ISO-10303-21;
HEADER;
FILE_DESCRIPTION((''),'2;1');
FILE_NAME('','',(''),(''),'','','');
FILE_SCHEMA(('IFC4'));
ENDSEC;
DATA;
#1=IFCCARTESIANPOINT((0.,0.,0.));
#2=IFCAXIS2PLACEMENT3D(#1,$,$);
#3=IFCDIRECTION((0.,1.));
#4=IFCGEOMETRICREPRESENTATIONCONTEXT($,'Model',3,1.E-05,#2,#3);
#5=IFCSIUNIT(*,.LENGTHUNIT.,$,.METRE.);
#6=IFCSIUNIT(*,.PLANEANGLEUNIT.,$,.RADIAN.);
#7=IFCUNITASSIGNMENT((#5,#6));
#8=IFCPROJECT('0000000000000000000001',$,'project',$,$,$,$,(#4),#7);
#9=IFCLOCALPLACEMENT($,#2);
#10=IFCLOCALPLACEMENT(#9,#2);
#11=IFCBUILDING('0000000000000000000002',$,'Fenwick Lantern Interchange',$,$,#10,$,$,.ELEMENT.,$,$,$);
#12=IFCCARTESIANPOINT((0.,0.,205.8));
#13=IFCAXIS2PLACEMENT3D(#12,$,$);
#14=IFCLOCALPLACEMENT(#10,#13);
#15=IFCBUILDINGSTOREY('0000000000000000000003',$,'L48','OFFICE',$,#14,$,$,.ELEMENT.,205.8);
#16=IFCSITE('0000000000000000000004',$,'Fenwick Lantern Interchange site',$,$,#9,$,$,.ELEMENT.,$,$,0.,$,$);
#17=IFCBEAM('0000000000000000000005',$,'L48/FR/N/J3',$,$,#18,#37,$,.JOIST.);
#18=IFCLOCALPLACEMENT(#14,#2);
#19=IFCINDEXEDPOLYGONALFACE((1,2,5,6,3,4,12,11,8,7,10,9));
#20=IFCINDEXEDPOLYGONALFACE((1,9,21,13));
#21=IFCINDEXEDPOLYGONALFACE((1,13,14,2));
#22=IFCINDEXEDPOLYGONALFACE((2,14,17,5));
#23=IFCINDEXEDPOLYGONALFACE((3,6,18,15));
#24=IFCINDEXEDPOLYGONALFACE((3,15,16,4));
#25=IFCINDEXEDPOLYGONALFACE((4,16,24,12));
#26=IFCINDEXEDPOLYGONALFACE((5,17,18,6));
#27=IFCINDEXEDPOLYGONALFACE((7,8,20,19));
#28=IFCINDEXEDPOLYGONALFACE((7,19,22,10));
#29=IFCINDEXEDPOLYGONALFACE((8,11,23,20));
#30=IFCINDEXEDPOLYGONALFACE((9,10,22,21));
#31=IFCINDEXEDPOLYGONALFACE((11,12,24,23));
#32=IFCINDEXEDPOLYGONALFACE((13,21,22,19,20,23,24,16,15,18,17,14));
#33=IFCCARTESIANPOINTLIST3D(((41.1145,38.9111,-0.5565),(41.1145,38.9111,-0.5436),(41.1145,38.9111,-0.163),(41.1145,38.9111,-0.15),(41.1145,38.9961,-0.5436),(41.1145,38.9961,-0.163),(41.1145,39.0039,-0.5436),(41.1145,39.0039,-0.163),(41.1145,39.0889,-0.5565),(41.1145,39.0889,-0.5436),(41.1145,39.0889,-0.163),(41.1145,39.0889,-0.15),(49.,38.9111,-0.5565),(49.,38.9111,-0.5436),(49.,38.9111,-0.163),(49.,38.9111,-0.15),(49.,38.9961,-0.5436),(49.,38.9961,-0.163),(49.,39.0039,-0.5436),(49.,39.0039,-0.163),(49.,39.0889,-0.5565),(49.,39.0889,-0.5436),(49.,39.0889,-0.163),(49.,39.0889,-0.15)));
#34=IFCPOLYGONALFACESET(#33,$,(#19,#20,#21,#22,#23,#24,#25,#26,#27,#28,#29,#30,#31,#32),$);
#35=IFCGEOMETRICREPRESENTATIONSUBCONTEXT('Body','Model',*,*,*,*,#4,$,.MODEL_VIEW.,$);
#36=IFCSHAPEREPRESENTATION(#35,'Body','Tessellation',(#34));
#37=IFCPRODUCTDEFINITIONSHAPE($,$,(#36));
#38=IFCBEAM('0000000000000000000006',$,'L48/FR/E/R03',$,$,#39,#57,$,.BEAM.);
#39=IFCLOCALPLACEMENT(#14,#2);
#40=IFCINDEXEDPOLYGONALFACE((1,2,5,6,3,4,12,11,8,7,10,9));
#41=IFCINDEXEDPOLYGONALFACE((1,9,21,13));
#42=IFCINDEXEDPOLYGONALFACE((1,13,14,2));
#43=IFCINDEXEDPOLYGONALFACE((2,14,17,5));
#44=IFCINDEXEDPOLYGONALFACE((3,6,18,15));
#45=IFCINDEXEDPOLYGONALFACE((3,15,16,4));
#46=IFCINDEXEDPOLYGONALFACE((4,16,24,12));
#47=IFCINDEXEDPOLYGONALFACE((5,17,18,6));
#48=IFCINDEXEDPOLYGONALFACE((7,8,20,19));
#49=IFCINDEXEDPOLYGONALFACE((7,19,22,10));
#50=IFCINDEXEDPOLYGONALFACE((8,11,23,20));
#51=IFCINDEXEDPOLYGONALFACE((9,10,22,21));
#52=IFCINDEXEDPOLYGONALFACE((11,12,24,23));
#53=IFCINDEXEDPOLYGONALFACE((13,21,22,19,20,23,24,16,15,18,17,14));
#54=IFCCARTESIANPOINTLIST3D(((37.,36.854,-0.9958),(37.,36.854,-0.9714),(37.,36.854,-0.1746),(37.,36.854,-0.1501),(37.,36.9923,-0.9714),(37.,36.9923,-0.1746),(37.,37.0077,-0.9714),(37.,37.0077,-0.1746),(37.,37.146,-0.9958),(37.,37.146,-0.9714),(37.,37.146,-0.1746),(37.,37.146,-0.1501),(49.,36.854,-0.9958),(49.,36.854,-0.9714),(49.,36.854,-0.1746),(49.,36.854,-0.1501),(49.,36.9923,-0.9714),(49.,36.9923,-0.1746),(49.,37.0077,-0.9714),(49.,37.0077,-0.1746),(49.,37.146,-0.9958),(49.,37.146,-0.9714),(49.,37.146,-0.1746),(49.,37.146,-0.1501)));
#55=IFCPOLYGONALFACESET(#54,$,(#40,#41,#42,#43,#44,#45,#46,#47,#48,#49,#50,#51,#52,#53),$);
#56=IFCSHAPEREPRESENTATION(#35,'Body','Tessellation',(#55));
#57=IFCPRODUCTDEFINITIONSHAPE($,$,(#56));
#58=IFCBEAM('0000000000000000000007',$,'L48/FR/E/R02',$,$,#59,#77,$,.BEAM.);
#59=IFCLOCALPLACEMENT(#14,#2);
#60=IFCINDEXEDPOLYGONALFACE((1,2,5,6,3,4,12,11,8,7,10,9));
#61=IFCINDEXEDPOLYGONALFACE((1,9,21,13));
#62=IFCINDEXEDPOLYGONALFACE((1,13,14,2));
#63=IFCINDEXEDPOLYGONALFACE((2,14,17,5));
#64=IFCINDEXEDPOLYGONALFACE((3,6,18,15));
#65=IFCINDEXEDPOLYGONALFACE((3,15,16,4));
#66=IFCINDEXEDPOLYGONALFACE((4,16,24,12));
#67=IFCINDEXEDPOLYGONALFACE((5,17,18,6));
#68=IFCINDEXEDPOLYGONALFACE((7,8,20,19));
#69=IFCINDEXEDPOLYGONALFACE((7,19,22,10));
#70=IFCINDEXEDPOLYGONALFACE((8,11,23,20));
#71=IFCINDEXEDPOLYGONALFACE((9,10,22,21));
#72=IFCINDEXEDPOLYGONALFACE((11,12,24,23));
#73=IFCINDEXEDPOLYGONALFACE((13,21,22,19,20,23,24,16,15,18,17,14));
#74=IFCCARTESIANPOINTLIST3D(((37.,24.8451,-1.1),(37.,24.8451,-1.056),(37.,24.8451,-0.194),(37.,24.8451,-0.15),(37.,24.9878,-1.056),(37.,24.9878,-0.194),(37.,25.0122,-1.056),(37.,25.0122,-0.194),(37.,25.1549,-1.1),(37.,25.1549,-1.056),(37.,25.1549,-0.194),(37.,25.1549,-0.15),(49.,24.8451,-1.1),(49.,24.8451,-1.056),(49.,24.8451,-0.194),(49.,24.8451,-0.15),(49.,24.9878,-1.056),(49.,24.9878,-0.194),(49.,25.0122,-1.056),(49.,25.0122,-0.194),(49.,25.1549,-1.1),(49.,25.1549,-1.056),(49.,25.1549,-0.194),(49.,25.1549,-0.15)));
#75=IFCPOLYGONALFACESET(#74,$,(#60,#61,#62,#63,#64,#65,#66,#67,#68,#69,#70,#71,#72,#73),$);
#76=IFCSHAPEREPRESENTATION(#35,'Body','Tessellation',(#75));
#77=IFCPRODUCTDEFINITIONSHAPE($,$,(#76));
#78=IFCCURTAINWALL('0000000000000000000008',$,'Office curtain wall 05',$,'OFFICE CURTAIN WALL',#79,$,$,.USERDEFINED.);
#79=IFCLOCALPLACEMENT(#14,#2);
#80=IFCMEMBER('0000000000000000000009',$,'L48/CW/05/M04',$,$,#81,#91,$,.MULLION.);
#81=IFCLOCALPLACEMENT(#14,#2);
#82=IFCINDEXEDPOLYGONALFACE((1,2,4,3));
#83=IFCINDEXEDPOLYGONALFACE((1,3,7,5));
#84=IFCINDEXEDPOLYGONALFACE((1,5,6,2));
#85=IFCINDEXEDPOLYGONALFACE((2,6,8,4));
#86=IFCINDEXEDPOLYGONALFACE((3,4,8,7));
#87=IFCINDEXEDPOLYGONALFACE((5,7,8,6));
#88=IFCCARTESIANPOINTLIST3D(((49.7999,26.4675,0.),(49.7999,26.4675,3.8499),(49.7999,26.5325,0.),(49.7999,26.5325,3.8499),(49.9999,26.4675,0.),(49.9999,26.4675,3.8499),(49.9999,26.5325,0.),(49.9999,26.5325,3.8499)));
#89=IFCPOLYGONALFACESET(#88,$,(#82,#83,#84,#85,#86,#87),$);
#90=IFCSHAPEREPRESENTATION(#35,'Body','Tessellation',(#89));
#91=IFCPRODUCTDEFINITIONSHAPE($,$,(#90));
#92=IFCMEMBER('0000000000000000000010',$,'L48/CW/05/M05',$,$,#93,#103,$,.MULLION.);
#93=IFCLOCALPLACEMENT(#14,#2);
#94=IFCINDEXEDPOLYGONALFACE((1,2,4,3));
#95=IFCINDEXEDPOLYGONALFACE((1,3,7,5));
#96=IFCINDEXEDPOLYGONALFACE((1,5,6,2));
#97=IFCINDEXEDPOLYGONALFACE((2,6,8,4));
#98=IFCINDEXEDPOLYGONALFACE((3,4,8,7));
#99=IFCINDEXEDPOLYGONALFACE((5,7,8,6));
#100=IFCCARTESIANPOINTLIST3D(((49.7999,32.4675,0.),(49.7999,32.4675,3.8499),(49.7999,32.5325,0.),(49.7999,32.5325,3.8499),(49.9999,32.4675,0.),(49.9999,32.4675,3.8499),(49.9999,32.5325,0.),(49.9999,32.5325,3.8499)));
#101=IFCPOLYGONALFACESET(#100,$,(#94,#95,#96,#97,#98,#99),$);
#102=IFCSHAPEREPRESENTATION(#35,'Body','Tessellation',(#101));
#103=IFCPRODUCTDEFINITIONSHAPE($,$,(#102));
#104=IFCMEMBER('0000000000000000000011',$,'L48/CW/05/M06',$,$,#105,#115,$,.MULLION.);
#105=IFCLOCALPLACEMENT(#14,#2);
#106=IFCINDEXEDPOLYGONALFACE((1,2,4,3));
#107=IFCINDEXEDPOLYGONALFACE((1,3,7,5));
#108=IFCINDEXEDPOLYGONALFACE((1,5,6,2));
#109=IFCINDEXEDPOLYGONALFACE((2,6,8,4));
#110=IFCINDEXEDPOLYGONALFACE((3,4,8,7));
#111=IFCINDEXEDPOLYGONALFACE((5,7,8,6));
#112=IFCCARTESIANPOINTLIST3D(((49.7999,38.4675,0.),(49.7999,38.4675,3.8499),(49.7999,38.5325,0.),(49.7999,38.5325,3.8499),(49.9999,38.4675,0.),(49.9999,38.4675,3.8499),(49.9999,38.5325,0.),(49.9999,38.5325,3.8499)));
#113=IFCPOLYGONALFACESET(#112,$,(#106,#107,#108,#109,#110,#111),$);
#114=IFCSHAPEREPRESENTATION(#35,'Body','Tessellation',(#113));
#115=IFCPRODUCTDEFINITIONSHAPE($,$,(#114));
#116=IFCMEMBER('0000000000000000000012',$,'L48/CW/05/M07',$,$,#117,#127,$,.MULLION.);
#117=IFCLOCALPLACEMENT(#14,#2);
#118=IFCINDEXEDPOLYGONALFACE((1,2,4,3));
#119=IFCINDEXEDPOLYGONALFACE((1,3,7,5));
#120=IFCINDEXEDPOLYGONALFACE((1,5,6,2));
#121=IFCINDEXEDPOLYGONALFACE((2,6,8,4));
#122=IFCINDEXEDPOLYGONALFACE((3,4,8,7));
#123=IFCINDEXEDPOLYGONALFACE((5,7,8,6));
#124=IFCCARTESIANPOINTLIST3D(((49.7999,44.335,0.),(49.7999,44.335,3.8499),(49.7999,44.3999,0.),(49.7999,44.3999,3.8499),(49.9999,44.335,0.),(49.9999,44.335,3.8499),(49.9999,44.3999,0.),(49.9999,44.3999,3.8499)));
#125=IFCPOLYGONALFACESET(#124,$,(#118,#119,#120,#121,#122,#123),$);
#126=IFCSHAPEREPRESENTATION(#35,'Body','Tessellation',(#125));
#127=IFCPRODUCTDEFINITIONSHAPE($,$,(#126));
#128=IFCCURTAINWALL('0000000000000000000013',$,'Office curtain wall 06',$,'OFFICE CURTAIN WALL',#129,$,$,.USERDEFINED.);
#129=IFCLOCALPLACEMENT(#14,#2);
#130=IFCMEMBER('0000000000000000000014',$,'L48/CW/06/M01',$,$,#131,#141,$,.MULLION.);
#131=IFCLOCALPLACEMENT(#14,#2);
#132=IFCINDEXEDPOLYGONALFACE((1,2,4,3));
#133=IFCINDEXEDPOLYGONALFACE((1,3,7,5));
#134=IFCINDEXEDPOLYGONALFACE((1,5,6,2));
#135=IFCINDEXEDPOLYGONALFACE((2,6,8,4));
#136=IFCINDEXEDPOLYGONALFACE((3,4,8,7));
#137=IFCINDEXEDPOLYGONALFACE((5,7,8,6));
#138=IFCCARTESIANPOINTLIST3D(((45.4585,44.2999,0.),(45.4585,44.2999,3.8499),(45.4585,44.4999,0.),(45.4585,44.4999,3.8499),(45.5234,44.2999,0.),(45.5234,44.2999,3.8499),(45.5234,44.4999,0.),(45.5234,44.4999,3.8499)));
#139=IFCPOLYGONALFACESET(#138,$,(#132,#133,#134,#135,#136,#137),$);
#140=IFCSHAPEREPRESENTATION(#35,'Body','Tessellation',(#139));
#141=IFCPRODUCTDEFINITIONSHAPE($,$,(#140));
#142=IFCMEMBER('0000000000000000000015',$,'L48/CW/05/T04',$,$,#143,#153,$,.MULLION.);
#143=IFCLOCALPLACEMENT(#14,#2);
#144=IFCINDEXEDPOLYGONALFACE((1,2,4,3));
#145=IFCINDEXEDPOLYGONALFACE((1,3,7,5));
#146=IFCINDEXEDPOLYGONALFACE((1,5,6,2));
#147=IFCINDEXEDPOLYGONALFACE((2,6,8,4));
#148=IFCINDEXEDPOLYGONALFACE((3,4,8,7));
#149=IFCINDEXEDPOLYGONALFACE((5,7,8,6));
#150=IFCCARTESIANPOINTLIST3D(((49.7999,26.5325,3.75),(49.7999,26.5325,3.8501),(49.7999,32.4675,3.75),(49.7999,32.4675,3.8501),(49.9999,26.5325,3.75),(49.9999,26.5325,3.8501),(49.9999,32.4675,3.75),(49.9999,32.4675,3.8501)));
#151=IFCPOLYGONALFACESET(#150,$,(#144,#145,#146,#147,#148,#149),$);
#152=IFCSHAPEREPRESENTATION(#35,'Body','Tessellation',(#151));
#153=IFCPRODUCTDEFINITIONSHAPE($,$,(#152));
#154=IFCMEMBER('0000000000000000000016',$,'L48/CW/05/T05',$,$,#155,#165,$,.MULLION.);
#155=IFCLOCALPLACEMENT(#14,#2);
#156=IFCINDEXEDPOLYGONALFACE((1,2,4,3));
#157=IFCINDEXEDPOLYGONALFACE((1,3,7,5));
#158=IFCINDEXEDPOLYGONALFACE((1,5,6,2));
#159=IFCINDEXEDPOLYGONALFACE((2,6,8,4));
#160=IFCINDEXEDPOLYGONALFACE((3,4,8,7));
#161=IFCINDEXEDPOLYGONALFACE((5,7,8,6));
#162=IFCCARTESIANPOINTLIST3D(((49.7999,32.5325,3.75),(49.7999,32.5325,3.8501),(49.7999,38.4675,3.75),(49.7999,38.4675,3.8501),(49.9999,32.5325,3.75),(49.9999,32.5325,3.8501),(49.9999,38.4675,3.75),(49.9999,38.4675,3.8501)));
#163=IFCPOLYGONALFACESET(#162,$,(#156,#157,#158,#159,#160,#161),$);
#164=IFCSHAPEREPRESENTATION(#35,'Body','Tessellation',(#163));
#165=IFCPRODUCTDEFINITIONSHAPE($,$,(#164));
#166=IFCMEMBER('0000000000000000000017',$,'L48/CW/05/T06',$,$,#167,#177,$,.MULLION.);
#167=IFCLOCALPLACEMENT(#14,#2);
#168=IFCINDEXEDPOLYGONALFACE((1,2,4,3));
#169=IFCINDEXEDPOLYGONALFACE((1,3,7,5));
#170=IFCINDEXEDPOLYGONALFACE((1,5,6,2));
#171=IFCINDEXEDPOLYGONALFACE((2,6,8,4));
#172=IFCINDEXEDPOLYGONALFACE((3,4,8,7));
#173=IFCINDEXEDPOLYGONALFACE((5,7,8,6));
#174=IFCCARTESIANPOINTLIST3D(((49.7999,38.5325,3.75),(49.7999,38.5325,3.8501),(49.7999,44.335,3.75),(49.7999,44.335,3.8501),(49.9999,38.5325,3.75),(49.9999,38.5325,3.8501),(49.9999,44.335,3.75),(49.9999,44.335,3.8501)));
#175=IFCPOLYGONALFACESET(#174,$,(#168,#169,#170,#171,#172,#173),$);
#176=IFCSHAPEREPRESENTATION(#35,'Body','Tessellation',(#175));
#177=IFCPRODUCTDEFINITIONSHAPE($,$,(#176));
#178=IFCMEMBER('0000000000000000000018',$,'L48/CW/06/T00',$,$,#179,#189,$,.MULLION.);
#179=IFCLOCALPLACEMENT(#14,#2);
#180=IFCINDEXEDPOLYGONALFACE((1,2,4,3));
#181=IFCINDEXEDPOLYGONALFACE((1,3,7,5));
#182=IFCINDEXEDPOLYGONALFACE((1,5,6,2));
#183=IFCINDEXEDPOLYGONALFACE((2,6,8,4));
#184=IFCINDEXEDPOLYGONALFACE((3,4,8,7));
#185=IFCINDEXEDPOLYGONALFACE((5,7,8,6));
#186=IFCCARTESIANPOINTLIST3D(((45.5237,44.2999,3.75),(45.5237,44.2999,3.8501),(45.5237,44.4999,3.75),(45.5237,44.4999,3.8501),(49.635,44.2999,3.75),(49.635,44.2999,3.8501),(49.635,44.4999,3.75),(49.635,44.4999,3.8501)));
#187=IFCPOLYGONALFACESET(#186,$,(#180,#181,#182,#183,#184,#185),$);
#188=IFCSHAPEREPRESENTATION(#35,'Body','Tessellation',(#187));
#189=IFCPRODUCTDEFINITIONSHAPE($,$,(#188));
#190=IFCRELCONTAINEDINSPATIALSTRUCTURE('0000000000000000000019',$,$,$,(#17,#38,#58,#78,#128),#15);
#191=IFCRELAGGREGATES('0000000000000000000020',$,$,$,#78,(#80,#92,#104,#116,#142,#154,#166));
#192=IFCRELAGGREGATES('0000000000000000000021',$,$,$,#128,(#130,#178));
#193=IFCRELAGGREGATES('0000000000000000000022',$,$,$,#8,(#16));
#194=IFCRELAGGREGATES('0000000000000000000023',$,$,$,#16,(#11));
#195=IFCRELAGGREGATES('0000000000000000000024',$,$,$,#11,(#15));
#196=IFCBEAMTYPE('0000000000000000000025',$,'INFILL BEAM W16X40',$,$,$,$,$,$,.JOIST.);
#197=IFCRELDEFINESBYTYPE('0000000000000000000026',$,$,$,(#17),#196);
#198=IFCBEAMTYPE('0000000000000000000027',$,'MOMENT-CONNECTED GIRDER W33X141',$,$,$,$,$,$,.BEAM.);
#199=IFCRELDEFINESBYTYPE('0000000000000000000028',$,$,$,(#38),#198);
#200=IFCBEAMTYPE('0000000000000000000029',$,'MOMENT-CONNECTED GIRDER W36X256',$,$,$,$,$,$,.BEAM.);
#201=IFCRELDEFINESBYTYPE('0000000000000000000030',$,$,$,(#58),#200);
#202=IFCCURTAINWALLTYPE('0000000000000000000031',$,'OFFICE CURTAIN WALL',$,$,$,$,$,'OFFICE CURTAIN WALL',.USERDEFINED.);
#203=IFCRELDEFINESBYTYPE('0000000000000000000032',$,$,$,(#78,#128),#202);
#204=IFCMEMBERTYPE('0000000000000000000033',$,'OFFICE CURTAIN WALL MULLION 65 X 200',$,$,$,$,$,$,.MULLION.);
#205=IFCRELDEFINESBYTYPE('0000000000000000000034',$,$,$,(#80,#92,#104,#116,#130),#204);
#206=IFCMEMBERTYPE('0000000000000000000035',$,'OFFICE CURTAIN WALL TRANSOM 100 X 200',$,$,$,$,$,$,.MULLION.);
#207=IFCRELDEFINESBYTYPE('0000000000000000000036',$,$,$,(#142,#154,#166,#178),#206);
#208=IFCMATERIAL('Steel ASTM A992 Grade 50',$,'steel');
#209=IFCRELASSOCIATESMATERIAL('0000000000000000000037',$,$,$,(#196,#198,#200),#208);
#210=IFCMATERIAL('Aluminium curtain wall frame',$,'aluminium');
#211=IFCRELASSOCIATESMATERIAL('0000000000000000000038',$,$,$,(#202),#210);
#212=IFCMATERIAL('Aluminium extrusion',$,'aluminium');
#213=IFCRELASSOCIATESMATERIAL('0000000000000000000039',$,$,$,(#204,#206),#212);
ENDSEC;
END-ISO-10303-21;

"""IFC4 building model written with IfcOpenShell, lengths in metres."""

from ifc_helpers import new_model, si_unit, direction, frame, origin, origin_2d, place, context, subcontext, project, spatial, rectangle, i_section, extrude, material, material_profile, profile_set, type_object, element, aggregate, save


model = new_model("IFC4")

# Units and contexts
model_context = context("Model", 3, precision=1e-05, world=origin(), true_north=direction((0.0, 1.0)))
body_context = subcontext(model_context, "Body", "Model", "MODEL_VIEW")
ifc_project = project(units=[si_unit("LENGTHUNIT", "METRE"), si_unit("PLANEANGLEUNIT", "RADIAN")], contexts=[model_context])

# Site, building, storey
site_placement = place(None, origin())
site = spatial("IfcSite", under=ifc_project, at=site_placement, Name="Fenwick Lantern Interchange site", CompositionType="ELEMENT", RefElevation=0.0)
building_placement = place(site_placement, origin())
building = spatial("IfcBuilding", under=site, at=building_placement, Name="Fenwick Lantern Interchange", CompositionType="ELEMENT")
storey_placement = place(building_placement, frame((0.0, 0.0, 205.8)))
storey = spatial("IfcBuildingStorey", under=building, at=storey_placement, Name="L48", Description="OFFICE", CompositionType="ELEMENT", Elevation=205.8)

# Shared definitions
ifc_material_1 = material(Name="Steel ASTM A992 Grade 50", Category="steel")

# Beams
ifc_material_profile_1 = material_profile(ifc_material_1, i_section(OverallWidth=0.1777, OverallDepth=0.4065, WebThickness=0.0078, FlangeThickness=0.0129, at=origin_2d()), Name="W16X40")
ifc_profile_set_1 = profile_set([ifc_material_profile_1], Name="Steel ASTM A992 Grade 50")
beam_type_1 = type_object("IfcBeamType", Name="INFILL BEAM W16X40", PredefinedType="JOIST", material=ifc_profile_set_1)
beam_1_placement = place(storey_placement, frame((49.0, 39.0, -0.3533), z_axis=(-1.0, 0.0, 0.0), x_axis=(0.0, -1.0, 0.0)))
element("IfcBeam", 1, at=beam_1_placement, inside=storey, type_object=beam_type_1, Name="L48/FR/N/J3", PredefinedType="JOIST", context=body_context, shape_type="SweptSolid", body=[
    extrude(i_section(OverallWidth=0.1777, OverallDepth=0.4065, WebThickness=0.0078, FlangeThickness=0.0129, at=origin_2d()), origin(), (0.0, 0.0, 1.0), 7.8855),
])
ifc_material_profile_2 = material_profile(ifc_material_1, i_section(OverallWidth=0.292, OverallDepth=0.8457, WebThickness=0.0154, FlangeThickness=0.0244, at=origin_2d()), Name="W33X141")
ifc_profile_set_2 = profile_set([ifc_material_profile_2], Name="Steel ASTM A992 Grade 50")
beam_type_2 = type_object("IfcBeamType", Name="MOMENT-CONNECTED GIRDER W33X141", PredefinedType="BEAM", material=ifc_profile_set_2)
beam_2_placement = place(storey_placement, frame((49.0, 37.0, -0.573), z_axis=(-1.0, 0.0, 0.0), x_axis=(0.0, -1.0, 0.0)))
element("IfcBeam", 2, at=beam_2_placement, inside=storey, type_object=beam_type_2, Name="L48/FR/E/R03", PredefinedType="BEAM", context=body_context, shape_type="SweptSolid", body=[
    extrude(i_section(OverallWidth=0.292, OverallDepth=0.8457, WebThickness=0.0154, FlangeThickness=0.0244, at=origin_2d()), origin(), (0.0, 0.0, 1.0), 12.0),
])
ifc_material_profile_3 = material_profile(ifc_material_1, i_section(OverallWidth=0.3098, OverallDepth=0.95, WebThickness=0.0244, FlangeThickness=0.0439, at=origin_2d()), Name="W36X256")
ifc_profile_set_3 = profile_set([ifc_material_profile_3], Name="Steel ASTM A992 Grade 50")
beam_type_3 = type_object("IfcBeamType", Name="MOMENT-CONNECTED GIRDER W36X256", PredefinedType="BEAM", material=ifc_profile_set_3)
beam_3_placement = place(storey_placement, frame((49.0, 25.0, -0.625), z_axis=(-1.0, 0.0, 0.0), x_axis=(0.0, -1.0, 0.0)))
element("IfcBeam", 3, at=beam_3_placement, inside=storey, type_object=beam_type_3, Name="L48/FR/E/R02", PredefinedType="BEAM", context=body_context, shape_type="SweptSolid", body=[
    extrude(i_section(OverallWidth=0.3098, OverallDepth=0.95, WebThickness=0.0244, FlangeThickness=0.0439, at=origin_2d()), origin(), (0.0, 0.0, 1.0), 12.0),
])

# Curtain wall, members
ifc_material_2 = material(Name="Aluminium curtain wall frame", Category="aluminium")
curtain_wall_type = type_object("IfcCurtainWallType", Name="OFFICE CURTAIN WALL", ElementType="OFFICE CURTAIN WALL", PredefinedType="USERDEFINED", material=ifc_material_2)
curtain_wall_1_placement = place(storey_placement, origin())
curtain_wall_1 = element("IfcCurtainWall", 4, at=curtain_wall_1_placement, inside=storey, type_object=curtain_wall_type, Name="Office curtain wall 05", ObjectType="OFFICE CURTAIN WALL", PredefinedType="USERDEFINED")
ifc_material_3 = material(Name="Aluminium extrusion", Category="aluminium")
ifc_material_profile_4 = material_profile(ifc_material_3, rectangle(XDim=0.2, YDim=0.0649, at=origin_2d()), Name="OFFICE CURTAIN WALL MULLION 65 X 200")
ifc_profile_set_4 = profile_set([ifc_material_profile_4], Name="Aluminium extrusion")
member_type_1 = type_object("IfcMemberType", Name="OFFICE CURTAIN WALL MULLION 65 X 200", PredefinedType="MULLION", material=ifc_profile_set_4)
member_1_placement = place(storey_placement, frame((49.8999, 26.5, 0.0), z_axis=(0.0, 0.0, 1.0), x_axis=(-1.0, 0.0, 0.0)))
member_1 = element("IfcMember", 5, at=member_1_placement, type_object=member_type_1, Name="L48/CW/05/M04", PredefinedType="MULLION", context=body_context, shape_type="SweptSolid", body=[
    extrude(rectangle(XDim=0.2, YDim=0.0649, at=origin_2d()), origin(), (0.0, 0.0, 1.0), 3.8499),
])
member_2_placement = place(storey_placement, frame((49.8999, 32.5, 0.0), z_axis=(0.0, 0.0, 1.0), x_axis=(-1.0, 0.0, 0.0)))
member_2 = element("IfcMember", 6, at=member_2_placement, type_object=member_type_1, Name="L48/CW/05/M05", PredefinedType="MULLION", context=body_context, shape_type="SweptSolid", body=[
    extrude(rectangle(XDim=0.2, YDim=0.0649, at=origin_2d()), origin(), (0.0, 0.0, 1.0), 3.8499),
])
member_3_placement = place(storey_placement, frame((49.8999, 38.5, 0.0), z_axis=(0.0, 0.0, 1.0), x_axis=(-1.0, 0.0, 0.0)))
member_3 = element("IfcMember", 7, at=member_3_placement, type_object=member_type_1, Name="L48/CW/05/M06", PredefinedType="MULLION", context=body_context, shape_type="SweptSolid", body=[
    extrude(rectangle(XDim=0.2, YDim=0.0649, at=origin_2d()), origin(), (0.0, 0.0, 1.0), 3.8499),
])
member_4_placement = place(storey_placement, frame((49.8999, 44.3674, 0.0), z_axis=(0.0, 0.0, 1.0), x_axis=(-1.0, 0.0, 0.0)))
member_4 = element("IfcMember", 8, at=member_4_placement, type_object=member_type_1, Name="L48/CW/05/M07", PredefinedType="MULLION", context=body_context, shape_type="SweptSolid", body=[
    extrude(rectangle(XDim=0.2, YDim=0.0649, at=origin_2d()), origin(), (0.0, 0.0, 1.0), 3.8499),
])

# Curtain wall, member
curtain_wall_2_placement = place(storey_placement, origin())
curtain_wall_2 = element("IfcCurtainWall", 9, at=curtain_wall_2_placement, inside=storey, type_object=curtain_wall_type, Name="Office curtain wall 06", ObjectType="OFFICE CURTAIN WALL", PredefinedType="USERDEFINED")
member_5_placement = place(storey_placement, frame((45.491, 44.3999, 0.0), z_axis=(0.0, 0.0, 1.0), x_axis=(0.0, -1.0, 0.0)))
member_5 = element("IfcMember", 10, at=member_5_placement, type_object=member_type_1, Name="L48/CW/06/M01", PredefinedType="MULLION", context=body_context, shape_type="SweptSolid", body=[
    extrude(rectangle(XDim=0.2, YDim=0.0649, at=origin_2d()), origin(), (0.0, 0.0, 1.0), 3.8499),
])

# Members
ifc_material_profile_5 = material_profile(ifc_material_3, rectangle(XDim=0.2, YDim=0.1001, at=origin_2d()), Name="OFFICE CURTAIN WALL TRANSOM 100 X 200")
ifc_profile_set_5 = profile_set([ifc_material_profile_5], Name="Aluminium extrusion")
member_type_2 = type_object("IfcMemberType", Name="OFFICE CURTAIN WALL TRANSOM 100 X 200", PredefinedType="MULLION", material=ifc_profile_set_5)
member_6_placement = place(storey_placement, frame((49.8999, 26.5325, 3.8), z_axis=(0.0, 1.0, 0.0), x_axis=(-1.0, 0.0, 0.0)))
member_6 = element("IfcMember", 11, at=member_6_placement, type_object=member_type_2, Name="L48/CW/05/T04", PredefinedType="MULLION", context=body_context, shape_type="SweptSolid", body=[
    extrude(rectangle(XDim=0.2, YDim=0.1001, at=origin_2d()), origin(), (0.0, 0.0, 1.0), 5.9351),
])
member_7_placement = place(storey_placement, frame((49.8999, 32.5325, 3.8), z_axis=(0.0, 1.0, 0.0), x_axis=(-1.0, 0.0, 0.0)))
member_7 = element("IfcMember", 12, at=member_7_placement, type_object=member_type_2, Name="L48/CW/05/T05", PredefinedType="MULLION", context=body_context, shape_type="SweptSolid", body=[
    extrude(rectangle(XDim=0.2, YDim=0.1001, at=origin_2d()), origin(), (0.0, 0.0, 1.0), 5.9351),
])
member_8_placement = place(storey_placement, frame((49.8999, 38.5325, 3.8), z_axis=(0.0, 1.0, 0.0), x_axis=(-1.0, 0.0, 0.0)))
member_8 = element("IfcMember", 13, at=member_8_placement, type_object=member_type_2, Name="L48/CW/05/T06", PredefinedType="MULLION", context=body_context, shape_type="SweptSolid", body=[
    extrude(rectangle(XDim=0.2, YDim=0.1001, at=origin_2d()), origin(), (0.0, 0.0, 1.0), 5.8025),
])
aggregate(curtain_wall_1, [member_1, member_2, member_3, member_4, member_6, member_7, member_8])
member_9_placement = place(storey_placement, frame((49.635, 44.3999, 3.8), z_axis=(-1.0, 0.0, 0.0), x_axis=(0.0, -1.0, 0.0)))
member_9 = element("IfcMember", 14, at=member_9_placement, type_object=member_type_2, Name="L48/CW/06/T00", PredefinedType="MULLION", context=body_context, shape_type="SweptSolid", body=[
    extrude(rectangle(XDim=0.2, YDim=0.1001, at=origin_2d()), origin(), (0.0, 0.0, 1.0), 4.1113),
])

aggregate(curtain_wall_2, [member_5, member_9])

save(model, "model.ifc")
